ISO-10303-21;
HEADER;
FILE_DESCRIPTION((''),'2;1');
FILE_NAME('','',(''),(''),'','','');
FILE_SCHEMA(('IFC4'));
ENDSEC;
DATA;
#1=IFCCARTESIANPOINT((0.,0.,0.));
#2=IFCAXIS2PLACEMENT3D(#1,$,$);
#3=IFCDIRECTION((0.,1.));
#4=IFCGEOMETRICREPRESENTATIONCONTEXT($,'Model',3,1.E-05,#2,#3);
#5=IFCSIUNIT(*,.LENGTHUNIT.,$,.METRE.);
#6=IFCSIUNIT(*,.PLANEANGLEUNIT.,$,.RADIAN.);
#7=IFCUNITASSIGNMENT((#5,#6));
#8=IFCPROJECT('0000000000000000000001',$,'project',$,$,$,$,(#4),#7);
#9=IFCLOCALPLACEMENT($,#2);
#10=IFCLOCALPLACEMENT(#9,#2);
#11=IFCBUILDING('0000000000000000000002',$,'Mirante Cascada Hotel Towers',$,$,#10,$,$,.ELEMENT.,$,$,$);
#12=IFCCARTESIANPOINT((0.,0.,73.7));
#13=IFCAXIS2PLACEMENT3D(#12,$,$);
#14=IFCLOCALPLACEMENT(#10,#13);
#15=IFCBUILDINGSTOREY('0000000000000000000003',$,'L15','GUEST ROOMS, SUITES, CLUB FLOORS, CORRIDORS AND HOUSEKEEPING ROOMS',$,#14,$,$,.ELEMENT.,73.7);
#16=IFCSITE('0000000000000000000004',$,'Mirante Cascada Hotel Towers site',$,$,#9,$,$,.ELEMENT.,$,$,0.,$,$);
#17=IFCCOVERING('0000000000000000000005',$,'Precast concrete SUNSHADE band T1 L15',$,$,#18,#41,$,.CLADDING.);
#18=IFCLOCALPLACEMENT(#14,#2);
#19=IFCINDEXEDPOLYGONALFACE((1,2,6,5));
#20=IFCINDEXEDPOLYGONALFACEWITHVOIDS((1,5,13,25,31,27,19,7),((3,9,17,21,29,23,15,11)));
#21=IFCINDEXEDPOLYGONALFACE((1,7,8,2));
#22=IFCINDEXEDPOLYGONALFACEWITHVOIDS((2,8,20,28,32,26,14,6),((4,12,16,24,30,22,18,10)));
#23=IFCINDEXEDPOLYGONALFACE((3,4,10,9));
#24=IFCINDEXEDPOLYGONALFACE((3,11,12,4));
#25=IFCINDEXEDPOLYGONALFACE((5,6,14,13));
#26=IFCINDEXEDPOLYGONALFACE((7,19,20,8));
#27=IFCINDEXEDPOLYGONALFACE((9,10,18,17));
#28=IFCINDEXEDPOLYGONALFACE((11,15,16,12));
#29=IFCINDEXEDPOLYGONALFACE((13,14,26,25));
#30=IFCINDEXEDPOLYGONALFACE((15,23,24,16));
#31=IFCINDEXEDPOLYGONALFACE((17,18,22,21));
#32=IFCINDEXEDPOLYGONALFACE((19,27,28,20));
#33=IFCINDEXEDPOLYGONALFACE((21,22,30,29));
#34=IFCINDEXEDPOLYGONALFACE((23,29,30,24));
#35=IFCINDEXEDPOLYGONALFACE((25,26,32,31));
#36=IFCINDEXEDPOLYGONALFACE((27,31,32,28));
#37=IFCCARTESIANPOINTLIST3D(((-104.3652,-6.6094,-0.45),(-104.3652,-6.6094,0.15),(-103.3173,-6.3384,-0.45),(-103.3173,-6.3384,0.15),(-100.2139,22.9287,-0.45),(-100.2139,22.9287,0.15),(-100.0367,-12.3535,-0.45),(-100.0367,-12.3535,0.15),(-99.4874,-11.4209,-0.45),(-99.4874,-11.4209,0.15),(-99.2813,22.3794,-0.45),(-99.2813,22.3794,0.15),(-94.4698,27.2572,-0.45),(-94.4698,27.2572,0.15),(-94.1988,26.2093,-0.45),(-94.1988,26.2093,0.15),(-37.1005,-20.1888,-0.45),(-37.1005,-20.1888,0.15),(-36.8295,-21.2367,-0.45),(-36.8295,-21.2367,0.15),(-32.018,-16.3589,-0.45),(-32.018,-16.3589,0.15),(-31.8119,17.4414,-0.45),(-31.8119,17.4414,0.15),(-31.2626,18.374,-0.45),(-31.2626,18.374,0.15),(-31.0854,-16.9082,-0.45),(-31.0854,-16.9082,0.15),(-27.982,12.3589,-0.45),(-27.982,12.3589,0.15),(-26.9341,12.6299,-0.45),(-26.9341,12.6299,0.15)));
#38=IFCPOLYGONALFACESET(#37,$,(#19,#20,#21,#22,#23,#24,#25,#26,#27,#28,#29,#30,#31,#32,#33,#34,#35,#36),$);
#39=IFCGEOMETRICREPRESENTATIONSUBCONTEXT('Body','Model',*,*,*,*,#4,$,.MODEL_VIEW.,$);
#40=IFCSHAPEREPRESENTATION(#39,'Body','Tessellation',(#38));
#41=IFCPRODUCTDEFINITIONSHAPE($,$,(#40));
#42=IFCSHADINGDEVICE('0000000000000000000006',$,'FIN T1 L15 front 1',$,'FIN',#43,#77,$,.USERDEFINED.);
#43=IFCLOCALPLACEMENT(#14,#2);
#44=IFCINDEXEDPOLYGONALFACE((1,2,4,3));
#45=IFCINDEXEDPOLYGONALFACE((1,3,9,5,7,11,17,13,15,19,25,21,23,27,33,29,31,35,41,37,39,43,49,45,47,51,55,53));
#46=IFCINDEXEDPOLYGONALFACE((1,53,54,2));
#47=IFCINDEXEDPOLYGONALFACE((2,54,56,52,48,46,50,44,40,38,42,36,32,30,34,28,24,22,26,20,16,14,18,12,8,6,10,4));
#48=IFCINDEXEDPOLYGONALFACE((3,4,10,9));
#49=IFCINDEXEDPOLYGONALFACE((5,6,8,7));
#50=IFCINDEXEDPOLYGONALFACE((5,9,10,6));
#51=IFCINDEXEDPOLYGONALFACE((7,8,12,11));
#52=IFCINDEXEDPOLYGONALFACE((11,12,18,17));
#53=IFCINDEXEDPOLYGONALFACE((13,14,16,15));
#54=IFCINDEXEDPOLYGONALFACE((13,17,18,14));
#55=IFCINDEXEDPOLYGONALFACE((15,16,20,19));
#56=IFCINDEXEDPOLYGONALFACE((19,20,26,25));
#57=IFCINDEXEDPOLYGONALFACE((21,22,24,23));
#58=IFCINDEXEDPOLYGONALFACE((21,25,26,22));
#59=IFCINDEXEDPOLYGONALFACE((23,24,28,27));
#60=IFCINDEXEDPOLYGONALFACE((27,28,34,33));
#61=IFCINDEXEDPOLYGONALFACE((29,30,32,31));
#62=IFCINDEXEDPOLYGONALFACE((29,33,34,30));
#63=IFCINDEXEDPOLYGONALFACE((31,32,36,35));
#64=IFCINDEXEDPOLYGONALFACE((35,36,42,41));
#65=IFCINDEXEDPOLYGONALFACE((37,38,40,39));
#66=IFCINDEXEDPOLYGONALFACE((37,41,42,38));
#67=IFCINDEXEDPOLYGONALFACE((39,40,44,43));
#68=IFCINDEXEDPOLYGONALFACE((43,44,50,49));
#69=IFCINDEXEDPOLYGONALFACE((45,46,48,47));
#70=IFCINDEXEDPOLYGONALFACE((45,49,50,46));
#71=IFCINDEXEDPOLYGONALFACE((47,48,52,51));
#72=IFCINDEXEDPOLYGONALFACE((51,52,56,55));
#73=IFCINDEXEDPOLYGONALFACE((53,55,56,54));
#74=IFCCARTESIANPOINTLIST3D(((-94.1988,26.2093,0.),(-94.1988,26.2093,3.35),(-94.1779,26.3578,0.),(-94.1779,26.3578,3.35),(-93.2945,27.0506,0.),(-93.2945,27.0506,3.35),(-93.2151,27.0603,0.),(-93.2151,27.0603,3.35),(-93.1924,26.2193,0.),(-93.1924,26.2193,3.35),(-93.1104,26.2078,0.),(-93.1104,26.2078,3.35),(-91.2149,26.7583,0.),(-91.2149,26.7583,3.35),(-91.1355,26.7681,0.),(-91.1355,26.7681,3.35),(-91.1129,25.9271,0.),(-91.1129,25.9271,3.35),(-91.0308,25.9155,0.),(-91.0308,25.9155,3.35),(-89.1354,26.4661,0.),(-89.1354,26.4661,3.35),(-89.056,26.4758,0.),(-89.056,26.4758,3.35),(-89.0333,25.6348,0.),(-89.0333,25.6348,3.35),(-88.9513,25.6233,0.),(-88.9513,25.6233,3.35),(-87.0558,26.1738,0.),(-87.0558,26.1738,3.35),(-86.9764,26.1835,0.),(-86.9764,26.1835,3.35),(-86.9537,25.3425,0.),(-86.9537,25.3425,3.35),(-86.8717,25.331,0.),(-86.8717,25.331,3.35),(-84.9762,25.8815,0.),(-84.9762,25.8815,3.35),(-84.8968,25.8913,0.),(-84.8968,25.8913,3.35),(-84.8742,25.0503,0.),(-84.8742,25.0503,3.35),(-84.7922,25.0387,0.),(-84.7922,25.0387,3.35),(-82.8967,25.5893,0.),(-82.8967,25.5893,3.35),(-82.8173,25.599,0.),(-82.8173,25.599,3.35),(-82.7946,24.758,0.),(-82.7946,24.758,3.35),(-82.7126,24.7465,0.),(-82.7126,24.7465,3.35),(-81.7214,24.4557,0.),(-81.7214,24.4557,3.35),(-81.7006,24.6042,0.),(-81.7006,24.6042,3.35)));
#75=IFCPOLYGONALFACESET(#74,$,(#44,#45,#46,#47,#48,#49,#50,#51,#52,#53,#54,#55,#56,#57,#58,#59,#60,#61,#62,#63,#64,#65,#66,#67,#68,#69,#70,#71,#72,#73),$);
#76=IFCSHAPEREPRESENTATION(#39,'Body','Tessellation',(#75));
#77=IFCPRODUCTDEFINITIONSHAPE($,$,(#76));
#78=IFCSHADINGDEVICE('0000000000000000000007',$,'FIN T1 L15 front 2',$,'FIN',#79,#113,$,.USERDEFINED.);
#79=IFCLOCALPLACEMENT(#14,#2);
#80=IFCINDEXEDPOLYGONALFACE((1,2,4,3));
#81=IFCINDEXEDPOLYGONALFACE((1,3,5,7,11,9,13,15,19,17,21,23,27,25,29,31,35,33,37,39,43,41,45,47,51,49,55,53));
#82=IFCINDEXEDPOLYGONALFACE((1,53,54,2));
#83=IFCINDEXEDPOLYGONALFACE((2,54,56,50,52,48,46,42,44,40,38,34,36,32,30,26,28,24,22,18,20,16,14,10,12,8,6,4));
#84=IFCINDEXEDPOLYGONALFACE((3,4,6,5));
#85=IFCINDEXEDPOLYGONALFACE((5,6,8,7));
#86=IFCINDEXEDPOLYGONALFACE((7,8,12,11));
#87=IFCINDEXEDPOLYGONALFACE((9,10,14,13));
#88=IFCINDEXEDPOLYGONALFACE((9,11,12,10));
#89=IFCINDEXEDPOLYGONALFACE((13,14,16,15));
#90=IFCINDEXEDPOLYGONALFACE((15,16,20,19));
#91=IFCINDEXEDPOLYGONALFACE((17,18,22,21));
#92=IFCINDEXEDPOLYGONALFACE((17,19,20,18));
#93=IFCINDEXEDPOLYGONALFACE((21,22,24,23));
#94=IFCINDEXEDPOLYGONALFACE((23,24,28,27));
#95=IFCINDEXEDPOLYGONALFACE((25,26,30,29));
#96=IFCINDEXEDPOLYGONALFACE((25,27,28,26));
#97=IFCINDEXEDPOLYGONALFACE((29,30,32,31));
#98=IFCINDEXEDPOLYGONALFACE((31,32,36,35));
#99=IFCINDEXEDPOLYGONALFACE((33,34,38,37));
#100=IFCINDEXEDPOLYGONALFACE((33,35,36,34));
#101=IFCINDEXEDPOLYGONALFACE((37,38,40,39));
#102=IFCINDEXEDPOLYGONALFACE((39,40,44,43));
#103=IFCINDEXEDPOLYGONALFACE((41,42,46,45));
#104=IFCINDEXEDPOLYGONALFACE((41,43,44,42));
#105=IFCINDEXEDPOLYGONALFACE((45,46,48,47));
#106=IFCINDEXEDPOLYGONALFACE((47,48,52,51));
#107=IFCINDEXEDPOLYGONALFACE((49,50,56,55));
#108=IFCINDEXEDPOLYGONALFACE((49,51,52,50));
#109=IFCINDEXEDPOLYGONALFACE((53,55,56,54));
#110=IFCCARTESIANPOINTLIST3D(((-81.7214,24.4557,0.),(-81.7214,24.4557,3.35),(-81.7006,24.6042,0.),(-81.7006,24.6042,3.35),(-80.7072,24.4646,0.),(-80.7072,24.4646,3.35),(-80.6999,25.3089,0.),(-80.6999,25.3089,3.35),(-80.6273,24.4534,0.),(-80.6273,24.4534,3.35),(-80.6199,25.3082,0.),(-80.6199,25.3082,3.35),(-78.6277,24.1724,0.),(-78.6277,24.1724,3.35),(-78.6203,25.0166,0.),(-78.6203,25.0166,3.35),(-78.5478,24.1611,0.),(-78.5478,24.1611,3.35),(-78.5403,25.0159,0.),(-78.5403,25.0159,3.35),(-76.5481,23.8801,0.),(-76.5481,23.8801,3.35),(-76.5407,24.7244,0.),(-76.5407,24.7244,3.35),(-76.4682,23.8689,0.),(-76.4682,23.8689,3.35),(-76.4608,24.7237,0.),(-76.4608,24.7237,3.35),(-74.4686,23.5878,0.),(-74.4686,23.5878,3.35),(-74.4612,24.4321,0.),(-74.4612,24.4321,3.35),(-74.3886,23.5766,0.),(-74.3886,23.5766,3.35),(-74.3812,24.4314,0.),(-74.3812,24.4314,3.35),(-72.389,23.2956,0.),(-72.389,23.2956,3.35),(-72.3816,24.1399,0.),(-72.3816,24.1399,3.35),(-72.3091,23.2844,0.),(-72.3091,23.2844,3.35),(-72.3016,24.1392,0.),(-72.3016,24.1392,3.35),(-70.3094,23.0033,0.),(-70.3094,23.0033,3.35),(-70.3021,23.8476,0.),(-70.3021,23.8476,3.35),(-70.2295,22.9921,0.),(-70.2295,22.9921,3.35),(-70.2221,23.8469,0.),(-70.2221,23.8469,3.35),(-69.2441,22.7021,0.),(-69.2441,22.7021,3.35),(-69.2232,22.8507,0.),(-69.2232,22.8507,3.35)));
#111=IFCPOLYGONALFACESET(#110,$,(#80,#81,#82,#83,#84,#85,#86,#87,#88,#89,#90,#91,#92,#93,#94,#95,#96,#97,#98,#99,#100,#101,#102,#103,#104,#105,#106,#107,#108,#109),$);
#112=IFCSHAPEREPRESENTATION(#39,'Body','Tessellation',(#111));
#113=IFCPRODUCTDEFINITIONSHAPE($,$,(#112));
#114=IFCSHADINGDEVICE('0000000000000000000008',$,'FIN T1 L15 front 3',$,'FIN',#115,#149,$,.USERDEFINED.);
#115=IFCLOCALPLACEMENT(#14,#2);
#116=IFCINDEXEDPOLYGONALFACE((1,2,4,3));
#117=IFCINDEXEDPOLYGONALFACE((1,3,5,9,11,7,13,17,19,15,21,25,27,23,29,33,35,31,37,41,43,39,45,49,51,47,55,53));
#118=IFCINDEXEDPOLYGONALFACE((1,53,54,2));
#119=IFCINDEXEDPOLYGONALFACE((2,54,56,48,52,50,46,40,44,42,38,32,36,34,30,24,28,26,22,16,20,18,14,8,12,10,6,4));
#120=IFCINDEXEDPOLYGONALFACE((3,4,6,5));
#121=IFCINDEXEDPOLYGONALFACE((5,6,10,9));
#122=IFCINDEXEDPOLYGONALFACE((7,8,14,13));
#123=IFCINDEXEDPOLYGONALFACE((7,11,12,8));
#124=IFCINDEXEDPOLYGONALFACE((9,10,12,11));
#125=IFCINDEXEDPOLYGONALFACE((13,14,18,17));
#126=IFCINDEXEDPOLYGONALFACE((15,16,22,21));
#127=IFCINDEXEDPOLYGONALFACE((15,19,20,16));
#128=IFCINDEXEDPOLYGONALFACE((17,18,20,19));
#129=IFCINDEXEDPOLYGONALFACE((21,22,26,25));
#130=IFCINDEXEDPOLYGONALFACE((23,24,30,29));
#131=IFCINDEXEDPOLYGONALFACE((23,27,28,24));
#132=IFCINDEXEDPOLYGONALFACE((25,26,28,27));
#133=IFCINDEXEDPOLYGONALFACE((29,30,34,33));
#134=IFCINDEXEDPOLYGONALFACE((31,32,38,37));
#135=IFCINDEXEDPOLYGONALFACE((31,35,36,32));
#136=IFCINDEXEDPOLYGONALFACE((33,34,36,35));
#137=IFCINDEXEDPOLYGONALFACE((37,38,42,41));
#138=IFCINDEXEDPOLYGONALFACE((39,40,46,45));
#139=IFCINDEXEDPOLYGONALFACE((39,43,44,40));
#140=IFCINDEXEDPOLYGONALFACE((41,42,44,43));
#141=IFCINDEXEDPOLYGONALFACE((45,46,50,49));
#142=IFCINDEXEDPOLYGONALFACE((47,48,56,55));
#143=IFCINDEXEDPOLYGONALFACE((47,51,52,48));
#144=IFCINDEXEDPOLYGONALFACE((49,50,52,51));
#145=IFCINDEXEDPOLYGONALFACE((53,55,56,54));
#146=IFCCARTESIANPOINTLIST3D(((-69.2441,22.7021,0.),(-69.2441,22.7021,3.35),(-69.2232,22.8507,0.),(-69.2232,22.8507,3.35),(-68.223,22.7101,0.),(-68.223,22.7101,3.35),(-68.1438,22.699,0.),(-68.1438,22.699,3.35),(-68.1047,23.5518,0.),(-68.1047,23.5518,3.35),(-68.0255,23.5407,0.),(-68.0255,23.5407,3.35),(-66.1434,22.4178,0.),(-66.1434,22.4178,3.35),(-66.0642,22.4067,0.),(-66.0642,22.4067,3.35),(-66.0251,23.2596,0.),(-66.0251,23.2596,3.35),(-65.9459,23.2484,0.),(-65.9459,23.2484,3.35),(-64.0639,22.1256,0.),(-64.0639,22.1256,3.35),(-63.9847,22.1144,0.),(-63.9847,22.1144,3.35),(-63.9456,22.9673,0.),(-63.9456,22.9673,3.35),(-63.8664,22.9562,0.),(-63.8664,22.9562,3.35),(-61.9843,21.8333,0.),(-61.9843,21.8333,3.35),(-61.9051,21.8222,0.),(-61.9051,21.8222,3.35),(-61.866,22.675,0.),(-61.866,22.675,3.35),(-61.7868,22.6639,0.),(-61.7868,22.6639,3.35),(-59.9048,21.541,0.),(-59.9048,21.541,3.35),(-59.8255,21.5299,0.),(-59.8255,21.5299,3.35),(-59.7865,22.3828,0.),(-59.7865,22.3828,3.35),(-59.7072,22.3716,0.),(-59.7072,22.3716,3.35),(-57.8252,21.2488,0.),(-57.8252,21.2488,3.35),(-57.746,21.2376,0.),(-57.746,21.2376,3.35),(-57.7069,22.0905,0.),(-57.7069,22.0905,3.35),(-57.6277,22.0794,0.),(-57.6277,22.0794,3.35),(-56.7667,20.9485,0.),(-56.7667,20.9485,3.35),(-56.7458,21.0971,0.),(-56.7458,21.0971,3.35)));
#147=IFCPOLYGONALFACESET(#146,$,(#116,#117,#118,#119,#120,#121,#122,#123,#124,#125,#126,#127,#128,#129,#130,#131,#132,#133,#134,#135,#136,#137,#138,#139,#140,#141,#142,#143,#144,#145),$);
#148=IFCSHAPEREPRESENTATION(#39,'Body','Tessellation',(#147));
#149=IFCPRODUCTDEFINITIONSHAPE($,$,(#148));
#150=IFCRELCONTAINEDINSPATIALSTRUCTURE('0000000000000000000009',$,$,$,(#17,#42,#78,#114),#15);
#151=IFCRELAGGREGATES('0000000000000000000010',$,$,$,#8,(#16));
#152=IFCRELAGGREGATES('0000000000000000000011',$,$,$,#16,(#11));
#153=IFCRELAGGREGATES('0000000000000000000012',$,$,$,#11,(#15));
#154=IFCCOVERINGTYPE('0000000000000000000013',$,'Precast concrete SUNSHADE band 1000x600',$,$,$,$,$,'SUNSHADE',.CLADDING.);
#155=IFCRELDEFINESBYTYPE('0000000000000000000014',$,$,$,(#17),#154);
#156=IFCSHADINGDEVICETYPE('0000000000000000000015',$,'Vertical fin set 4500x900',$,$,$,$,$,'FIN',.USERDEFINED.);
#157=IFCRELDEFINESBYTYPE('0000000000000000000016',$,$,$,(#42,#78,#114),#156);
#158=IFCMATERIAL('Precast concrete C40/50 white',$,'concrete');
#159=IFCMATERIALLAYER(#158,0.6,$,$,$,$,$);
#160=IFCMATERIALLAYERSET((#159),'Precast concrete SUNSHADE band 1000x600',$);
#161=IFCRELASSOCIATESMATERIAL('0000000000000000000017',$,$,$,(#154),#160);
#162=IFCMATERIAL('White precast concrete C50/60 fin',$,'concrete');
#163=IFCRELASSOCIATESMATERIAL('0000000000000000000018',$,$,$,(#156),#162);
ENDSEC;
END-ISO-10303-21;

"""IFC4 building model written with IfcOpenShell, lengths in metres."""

from ifc_helpers import new_model, si_unit, direction, frame, origin, place, context, subcontext, project, spatial, polyline, outline, extrude, material, layer, layer_set, type_object, element, save


model = new_model("IFC4")

# Units and contexts
model_context = context("Model", 3, precision=1e-05, world=origin(), true_north=direction((0.0, 1.0)))
body_context = subcontext(model_context, "Body", "Model", "MODEL_VIEW")
ifc_project = project(units=[si_unit("LENGTHUNIT", "METRE"), si_unit("PLANEANGLEUNIT", "RADIAN")], contexts=[model_context])

# Site, building, storey
site_placement = place(None, origin())
site = spatial("IfcSite", under=ifc_project, at=site_placement, Name="Mirante Cascada Hotel Towers site", CompositionType="ELEMENT", RefElevation=0.0)
building_placement = place(site_placement, origin())
building = spatial("IfcBuilding", under=site, at=building_placement, Name="Mirante Cascada Hotel Towers", CompositionType="ELEMENT")
storey_placement = place(building_placement, frame((0.0, 0.0, 73.7)))
storey = spatial("IfcBuildingStorey", under=building, at=storey_placement, Name="L15", Description="GUEST ROOMS, SUITES, CLUB FLOORS, CORRIDORS AND HOUSEKEEPING ROOMS", CompositionType="ELEMENT", Elevation=73.7)

# Covering
ifc_material_1 = material(Name="Precast concrete C40/50 white", Category="concrete")
ifc_layer_1 = layer(ifc_material_1, 0.6)
ifc_layer_set_1 = layer_set([ifc_layer_1], Name="Precast concrete SUNSHADE band 1000x600")
covering_type = type_object("IfcCoveringType", Name="Precast concrete SUNSHADE band 1000x600", ElementType="SUNSHADE", PredefinedType="CLADDING", material=ifc_layer_set_1)
covering_placement = place(storey_placement, frame((0.0, 0.0, -0.45)))
element("IfcCovering", 1, at=covering_placement, inside=storey, type_object=covering_type, Name="Precast concrete SUNSHADE band T1 L15", PredefinedType="CLADDING", context=body_context, shape_type="SweptSolid", body=[
    extrude(outline(polyline([(-104.3652, -6.6094), (-100.2139, 22.9287), (-94.4698, 27.2572), (-31.2626, 18.374), (-26.9341, 12.6299), (-31.0854, -16.9082), (-36.8295, -21.2367), (-100.0367, -12.3535), (-104.3652, -6.6094)]), holes=[polyline([(-27.982, 12.3589), (-31.8119, 17.4414), (-94.1988, 26.2093), (-99.2813, 22.3794), (-103.3173, -6.3384), (-99.4874, -11.4209), (-37.1005, -20.1888), (-32.018, -16.3589), (-27.982, 12.3589)])]), origin(), (0.0, 0.0, 1.0), 0.6),
])

# Shading devices
ifc_material_2 = material(Name="White precast concrete C50/60 fin", Category="concrete")
shading_device_type = type_object("IfcShadingDeviceType", Name="Vertical fin set 4500x900", ElementType="FIN", PredefinedType="USERDEFINED", material=ifc_material_2)
shading_device_1_placement = place(storey_placement, origin())
element("IfcShadingDevice", 2, at=shading_device_1_placement, inside=storey, type_object=shading_device_type, Name="FIN T1 L15 front 1", ObjectType="FIN", PredefinedType="USERDEFINED", context=body_context, shape_type="SweptSolid", body=[
    extrude(outline(polyline([(-82.8173, 25.599), (-82.7126, 24.7465), (-81.7006, 24.6042), (-81.7214, 24.4557), (-94.1988, 26.2093), (-94.1779, 26.3578), (-93.1924, 26.2193), (-93.2945, 27.0506), (-93.2151, 27.0603), (-93.1104, 26.2078), (-91.1129, 25.9271), (-91.2149, 26.7583), (-91.1355, 26.7681), (-91.0308, 25.9155), (-89.0333, 25.6348), (-89.1354, 26.4661), (-89.056, 26.4758), (-88.9513, 25.6233), (-86.9537, 25.3425), (-87.0558, 26.1738), (-86.9764, 26.1835), (-86.8717, 25.331), (-84.8742, 25.0503), (-84.9762, 25.8815), (-84.8968, 25.8913), (-84.7922, 25.0387), (-82.7946, 24.758), (-82.8967, 25.5893), (-82.8173, 25.599)])), origin(), (0.0, 0.0, 1.0), 3.35),
])
shading_device_2_placement = place(storey_placement, origin())
element("IfcShadingDevice", 3, at=shading_device_2_placement, inside=storey, type_object=shading_device_type, Name="FIN T1 L15 front 2", ObjectType="FIN", PredefinedType="USERDEFINED", context=body_context, shape_type="SweptSolid", body=[
    extrude(outline(polyline([(-70.2221, 23.8469), (-70.2295, 22.9921), (-69.2232, 22.8507), (-69.2441, 22.7021), (-81.7214, 24.4557), (-81.7006, 24.6042), (-80.7072, 24.4646), (-80.6999, 25.3089), (-80.6199, 25.3082), (-80.6273, 24.4534), (-78.6277, 24.1724), (-78.6203, 25.0166), (-78.5403, 25.0159), (-78.5478, 24.1611), (-76.5481, 23.8801), (-76.5407, 24.7244), (-76.4608, 24.7237), (-76.4682, 23.8689), (-74.4686, 23.5878), (-74.4612, 24.4321), (-74.3812, 24.4314), (-74.3886, 23.5766), (-72.389, 23.2956), (-72.3816, 24.1399), (-72.3016, 24.1392), (-72.3091, 23.2844), (-70.3094, 23.0033), (-70.3021, 23.8476), (-70.2221, 23.8469)])), origin(), (0.0, 0.0, 1.0), 3.35),
])
shading_device_3_placement = place(storey_placement, origin())
element("IfcShadingDevice", 4, at=shading_device_3_placement, inside=storey, type_object=shading_device_type, Name="FIN T1 L15 front 3", ObjectType="FIN", PredefinedType="USERDEFINED", context=body_context, shape_type="SweptSolid", body=[
    extrude(outline(polyline([(-57.6277, 22.0794), (-57.746, 21.2376), (-56.7458, 21.0971), (-56.7667, 20.9485), (-69.2441, 22.7021), (-69.2232, 22.8507), (-68.223, 22.7101), (-68.1047, 23.5518), (-68.0255, 23.5407), (-68.1438, 22.699), (-66.1434, 22.4178), (-66.0251, 23.2596), (-65.9459, 23.2484), (-66.0642, 22.4067), (-64.0639, 22.1256), (-63.9456, 22.9673), (-63.8664, 22.9562), (-63.9847, 22.1144), (-61.9843, 21.8333), (-61.866, 22.675), (-61.7868, 22.6639), (-61.9051, 21.8222), (-59.9048, 21.541), (-59.7865, 22.3828), (-59.7072, 22.3716), (-59.8255, 21.5299), (-57.8252, 21.2488), (-57.7069, 22.0905), (-57.6277, 22.0794)])), origin(), (0.0, 0.0, 1.0), 3.35),
])

save(model, "model.ifc")
